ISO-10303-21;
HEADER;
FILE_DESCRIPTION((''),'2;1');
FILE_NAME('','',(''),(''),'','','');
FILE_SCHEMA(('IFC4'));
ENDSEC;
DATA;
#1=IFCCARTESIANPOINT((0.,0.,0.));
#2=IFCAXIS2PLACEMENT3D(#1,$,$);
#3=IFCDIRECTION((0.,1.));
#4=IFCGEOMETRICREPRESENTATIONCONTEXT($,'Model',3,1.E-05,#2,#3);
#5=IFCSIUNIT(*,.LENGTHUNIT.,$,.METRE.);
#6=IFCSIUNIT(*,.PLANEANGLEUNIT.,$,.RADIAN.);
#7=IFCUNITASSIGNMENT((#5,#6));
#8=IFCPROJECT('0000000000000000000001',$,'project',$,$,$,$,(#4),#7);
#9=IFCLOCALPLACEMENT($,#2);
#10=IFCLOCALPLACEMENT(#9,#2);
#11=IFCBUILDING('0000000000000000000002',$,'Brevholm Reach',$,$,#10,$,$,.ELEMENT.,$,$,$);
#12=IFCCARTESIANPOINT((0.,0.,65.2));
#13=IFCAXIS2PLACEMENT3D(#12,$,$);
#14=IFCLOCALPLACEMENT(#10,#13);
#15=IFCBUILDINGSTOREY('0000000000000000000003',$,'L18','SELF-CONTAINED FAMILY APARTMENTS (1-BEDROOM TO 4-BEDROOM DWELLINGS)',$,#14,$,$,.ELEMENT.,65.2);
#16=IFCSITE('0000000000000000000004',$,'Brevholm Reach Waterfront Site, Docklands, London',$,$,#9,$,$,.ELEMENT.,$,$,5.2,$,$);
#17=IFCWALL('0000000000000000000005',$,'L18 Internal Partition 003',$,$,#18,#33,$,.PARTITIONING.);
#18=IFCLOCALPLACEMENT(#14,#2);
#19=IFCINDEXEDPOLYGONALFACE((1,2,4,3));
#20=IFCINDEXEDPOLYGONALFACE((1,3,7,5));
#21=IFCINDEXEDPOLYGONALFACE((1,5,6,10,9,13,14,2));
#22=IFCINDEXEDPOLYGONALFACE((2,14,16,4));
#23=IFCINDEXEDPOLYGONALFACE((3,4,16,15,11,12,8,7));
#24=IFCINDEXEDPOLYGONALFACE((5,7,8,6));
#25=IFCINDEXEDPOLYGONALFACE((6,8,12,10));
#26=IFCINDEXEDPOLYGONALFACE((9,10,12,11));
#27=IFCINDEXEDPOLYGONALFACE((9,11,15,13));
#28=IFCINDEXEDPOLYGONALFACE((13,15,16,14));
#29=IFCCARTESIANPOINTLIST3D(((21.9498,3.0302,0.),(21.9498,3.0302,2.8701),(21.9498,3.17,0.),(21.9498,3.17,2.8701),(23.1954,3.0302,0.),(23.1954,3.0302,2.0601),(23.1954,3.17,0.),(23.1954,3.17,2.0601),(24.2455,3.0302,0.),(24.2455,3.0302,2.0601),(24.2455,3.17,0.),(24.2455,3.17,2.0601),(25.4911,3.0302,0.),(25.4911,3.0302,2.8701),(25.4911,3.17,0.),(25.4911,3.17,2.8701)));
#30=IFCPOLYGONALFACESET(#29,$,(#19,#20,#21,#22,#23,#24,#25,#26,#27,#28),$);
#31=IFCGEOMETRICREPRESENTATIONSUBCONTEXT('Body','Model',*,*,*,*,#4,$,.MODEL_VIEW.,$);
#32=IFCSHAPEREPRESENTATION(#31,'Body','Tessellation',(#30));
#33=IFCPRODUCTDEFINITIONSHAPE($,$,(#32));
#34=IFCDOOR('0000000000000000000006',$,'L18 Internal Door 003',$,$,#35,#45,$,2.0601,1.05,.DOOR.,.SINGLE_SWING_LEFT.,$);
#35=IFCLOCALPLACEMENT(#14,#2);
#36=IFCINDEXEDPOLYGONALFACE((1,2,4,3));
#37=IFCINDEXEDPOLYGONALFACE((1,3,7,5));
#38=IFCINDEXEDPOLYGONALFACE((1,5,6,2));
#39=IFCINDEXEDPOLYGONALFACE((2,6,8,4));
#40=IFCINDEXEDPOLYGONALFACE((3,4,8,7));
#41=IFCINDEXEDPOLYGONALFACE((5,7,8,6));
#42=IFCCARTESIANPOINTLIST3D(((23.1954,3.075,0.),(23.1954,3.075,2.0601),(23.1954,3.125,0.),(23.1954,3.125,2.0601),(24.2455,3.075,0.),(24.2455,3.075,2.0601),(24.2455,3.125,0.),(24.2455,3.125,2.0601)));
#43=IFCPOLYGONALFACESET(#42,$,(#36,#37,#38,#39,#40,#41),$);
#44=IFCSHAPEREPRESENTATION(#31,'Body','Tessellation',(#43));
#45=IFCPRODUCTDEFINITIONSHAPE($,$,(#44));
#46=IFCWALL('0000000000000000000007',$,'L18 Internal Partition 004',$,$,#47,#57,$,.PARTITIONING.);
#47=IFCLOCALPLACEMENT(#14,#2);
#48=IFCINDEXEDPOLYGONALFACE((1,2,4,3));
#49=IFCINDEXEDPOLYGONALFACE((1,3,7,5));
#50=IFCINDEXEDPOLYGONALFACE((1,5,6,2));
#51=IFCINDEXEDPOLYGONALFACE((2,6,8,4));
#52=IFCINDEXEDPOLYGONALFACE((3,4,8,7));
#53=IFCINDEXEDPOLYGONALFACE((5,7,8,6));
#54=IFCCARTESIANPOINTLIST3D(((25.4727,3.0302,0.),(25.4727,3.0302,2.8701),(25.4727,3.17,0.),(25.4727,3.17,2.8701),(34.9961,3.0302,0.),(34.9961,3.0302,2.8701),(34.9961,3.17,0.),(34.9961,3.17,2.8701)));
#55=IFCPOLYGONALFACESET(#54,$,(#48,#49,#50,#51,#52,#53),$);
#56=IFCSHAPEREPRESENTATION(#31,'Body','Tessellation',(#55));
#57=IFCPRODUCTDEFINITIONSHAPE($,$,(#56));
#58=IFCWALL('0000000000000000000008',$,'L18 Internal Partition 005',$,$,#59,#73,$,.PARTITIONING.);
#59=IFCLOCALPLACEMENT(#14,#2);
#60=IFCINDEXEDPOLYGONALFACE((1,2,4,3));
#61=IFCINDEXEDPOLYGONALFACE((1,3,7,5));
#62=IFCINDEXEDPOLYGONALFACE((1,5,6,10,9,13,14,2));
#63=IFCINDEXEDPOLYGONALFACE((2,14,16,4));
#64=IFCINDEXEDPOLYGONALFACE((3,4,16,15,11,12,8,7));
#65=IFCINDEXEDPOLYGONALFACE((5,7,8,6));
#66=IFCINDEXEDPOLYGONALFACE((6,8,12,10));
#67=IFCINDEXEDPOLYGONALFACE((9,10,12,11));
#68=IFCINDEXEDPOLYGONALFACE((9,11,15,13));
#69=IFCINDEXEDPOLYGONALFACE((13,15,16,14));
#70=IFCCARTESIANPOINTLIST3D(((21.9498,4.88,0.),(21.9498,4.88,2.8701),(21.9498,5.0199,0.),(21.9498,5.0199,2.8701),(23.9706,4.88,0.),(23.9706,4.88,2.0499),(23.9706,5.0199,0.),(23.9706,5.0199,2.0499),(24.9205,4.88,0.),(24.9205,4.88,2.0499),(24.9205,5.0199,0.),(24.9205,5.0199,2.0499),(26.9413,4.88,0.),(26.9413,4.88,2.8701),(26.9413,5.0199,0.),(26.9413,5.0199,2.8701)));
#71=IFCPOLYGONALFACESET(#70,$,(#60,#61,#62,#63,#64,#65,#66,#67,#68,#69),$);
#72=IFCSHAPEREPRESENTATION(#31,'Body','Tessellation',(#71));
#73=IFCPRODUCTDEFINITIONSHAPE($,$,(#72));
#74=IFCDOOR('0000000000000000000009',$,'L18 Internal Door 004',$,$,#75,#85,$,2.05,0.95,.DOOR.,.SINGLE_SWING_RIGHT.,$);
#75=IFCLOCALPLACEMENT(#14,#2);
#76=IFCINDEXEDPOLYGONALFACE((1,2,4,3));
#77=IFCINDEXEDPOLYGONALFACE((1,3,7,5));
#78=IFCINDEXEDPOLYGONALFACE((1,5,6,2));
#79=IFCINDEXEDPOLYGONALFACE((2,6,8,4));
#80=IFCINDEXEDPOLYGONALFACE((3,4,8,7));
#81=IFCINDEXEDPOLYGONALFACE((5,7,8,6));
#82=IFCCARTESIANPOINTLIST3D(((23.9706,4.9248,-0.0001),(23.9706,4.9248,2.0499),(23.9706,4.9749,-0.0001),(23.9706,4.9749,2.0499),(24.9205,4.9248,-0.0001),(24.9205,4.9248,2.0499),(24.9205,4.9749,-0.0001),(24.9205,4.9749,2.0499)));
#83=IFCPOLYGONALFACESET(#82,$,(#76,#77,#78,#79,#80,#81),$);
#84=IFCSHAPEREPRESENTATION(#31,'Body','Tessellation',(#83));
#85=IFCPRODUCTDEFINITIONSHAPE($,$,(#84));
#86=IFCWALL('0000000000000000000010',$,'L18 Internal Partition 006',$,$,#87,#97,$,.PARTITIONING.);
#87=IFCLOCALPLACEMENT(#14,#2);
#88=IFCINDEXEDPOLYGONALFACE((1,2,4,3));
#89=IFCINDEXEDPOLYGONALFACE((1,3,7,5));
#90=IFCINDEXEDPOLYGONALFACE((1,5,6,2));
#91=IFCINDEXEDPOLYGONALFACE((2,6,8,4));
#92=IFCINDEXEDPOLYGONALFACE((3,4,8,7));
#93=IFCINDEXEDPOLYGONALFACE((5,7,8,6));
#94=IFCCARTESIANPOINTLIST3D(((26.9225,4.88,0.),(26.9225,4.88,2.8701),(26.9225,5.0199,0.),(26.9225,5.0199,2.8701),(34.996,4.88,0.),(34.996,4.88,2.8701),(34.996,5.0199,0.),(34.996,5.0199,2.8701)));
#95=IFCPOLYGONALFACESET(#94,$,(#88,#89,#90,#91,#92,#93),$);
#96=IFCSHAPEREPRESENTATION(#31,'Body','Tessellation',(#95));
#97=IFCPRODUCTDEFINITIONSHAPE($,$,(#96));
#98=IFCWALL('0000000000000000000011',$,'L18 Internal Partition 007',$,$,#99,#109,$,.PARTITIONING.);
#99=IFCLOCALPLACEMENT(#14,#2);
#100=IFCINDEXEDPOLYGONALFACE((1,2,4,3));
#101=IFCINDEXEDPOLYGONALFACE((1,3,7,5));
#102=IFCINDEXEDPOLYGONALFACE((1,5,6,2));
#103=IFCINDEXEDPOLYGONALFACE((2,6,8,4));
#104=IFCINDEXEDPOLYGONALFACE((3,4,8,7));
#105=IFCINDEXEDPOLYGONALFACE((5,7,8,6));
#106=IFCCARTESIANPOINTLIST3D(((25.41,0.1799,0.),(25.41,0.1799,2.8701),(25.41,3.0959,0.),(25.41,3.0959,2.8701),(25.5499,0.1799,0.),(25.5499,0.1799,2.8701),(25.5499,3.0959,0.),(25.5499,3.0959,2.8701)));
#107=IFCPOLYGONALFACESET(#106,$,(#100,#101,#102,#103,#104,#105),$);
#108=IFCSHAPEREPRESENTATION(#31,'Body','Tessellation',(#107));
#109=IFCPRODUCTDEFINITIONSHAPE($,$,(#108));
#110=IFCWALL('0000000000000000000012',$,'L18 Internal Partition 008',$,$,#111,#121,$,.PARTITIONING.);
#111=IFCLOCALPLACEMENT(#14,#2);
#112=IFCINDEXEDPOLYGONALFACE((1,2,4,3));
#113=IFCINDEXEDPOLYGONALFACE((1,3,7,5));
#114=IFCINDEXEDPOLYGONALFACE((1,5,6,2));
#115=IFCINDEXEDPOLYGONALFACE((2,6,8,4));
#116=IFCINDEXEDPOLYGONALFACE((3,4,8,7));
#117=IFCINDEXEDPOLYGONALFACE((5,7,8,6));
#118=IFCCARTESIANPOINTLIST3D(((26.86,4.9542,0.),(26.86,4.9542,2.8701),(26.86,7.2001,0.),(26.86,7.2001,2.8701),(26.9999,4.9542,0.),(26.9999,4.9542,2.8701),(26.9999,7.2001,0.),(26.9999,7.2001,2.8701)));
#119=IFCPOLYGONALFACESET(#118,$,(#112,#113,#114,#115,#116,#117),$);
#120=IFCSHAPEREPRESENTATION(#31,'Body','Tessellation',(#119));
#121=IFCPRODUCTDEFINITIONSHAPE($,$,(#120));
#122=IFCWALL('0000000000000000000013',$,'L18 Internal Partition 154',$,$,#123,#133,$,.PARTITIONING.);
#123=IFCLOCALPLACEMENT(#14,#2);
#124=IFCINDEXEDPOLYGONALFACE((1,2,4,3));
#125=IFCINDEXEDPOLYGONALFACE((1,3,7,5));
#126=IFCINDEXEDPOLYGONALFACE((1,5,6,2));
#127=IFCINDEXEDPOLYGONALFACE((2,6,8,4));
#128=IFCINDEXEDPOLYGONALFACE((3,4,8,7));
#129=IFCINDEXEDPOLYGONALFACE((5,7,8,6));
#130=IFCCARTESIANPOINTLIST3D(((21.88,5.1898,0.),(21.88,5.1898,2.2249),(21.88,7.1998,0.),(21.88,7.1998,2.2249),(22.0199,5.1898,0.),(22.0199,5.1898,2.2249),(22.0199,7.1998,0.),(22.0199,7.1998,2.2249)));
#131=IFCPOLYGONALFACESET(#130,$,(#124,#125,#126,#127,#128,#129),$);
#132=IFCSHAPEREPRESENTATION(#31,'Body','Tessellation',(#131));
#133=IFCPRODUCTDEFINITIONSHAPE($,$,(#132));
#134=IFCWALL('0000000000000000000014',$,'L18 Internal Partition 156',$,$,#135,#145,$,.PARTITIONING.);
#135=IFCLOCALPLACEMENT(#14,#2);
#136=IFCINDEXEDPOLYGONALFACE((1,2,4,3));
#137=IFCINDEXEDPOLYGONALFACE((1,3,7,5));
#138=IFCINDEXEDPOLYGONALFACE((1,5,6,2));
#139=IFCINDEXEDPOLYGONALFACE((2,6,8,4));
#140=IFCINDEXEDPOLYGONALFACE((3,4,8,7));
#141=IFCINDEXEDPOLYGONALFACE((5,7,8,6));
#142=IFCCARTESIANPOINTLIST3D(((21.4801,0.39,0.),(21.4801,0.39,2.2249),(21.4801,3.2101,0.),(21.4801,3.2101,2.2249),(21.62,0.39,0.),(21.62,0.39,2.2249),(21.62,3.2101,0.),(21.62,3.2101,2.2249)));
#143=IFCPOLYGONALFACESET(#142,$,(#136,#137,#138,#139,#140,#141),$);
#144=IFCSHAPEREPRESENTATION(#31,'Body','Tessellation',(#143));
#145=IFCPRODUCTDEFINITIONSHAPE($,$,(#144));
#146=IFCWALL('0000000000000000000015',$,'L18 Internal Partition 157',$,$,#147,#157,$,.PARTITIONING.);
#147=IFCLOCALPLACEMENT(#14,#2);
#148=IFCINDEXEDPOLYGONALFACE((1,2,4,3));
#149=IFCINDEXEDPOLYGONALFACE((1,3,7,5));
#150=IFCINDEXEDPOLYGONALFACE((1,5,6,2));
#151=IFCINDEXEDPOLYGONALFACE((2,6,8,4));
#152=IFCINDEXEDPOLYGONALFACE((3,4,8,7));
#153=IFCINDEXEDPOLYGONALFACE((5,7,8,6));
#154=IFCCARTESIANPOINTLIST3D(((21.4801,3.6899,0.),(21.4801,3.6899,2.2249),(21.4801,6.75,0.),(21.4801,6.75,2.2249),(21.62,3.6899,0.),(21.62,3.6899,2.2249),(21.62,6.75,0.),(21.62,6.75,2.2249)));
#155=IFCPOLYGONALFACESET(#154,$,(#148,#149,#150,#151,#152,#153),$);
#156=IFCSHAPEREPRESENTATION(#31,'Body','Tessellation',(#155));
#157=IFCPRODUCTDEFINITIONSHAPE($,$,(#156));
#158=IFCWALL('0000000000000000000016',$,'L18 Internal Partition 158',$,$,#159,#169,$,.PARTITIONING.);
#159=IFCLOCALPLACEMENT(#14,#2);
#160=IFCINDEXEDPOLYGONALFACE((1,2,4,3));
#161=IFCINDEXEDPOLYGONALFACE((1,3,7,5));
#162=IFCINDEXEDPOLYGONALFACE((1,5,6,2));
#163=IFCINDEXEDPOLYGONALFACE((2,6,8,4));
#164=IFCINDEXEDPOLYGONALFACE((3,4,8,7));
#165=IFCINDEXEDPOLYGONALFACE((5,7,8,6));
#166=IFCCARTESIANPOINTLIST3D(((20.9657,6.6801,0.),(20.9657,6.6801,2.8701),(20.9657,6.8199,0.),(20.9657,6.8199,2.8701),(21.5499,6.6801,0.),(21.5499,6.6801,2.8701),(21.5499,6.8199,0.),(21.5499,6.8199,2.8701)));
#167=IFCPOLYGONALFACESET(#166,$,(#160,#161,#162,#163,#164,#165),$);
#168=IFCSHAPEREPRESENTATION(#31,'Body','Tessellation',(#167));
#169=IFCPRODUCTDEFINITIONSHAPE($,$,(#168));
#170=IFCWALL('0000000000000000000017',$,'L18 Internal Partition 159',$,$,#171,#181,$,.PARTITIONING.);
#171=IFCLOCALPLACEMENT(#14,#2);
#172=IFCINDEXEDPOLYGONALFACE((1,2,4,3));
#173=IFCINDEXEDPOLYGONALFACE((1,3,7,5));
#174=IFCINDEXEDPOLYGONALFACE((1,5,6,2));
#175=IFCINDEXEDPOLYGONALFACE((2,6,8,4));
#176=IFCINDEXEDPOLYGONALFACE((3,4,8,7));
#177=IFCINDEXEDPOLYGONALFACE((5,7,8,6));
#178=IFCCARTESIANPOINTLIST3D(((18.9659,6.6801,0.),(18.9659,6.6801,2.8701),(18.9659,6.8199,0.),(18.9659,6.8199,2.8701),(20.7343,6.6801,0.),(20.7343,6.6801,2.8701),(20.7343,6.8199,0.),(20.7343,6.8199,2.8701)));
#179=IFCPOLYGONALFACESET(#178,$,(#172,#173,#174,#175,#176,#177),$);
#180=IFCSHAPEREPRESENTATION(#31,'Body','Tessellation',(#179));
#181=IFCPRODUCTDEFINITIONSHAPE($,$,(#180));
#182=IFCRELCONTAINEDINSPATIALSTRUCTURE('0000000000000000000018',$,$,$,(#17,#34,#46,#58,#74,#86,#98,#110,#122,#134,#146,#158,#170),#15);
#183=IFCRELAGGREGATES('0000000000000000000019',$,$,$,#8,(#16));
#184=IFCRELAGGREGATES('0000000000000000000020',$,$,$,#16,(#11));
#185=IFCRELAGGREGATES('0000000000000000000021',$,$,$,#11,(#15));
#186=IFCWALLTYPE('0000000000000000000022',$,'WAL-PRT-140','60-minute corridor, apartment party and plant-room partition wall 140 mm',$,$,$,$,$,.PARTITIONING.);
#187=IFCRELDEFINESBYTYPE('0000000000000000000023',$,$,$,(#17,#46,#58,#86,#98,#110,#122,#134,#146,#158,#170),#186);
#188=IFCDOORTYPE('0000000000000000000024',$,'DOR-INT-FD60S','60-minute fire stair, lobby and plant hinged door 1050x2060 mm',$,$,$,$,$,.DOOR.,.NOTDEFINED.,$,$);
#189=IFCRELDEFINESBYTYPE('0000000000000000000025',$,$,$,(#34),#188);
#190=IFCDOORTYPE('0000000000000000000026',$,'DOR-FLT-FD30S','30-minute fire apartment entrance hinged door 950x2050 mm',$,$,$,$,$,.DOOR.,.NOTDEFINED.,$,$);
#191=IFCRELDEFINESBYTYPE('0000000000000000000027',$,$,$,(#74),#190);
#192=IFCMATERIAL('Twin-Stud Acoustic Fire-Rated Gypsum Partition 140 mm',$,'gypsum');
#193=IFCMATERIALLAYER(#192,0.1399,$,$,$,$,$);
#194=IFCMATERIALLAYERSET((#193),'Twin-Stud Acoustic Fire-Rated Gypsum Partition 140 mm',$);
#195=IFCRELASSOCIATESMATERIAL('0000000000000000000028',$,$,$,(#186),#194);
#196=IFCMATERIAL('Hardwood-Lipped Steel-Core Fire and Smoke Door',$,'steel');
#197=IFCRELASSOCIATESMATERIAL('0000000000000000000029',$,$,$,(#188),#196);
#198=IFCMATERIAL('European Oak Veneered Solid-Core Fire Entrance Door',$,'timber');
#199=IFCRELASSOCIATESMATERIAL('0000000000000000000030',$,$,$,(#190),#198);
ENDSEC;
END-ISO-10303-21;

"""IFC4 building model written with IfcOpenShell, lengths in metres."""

from ifc_helpers import new_model, si_unit, direction, frame, frame_2d, origin, place, context, subcontext, project, spatial, rectangle, extrude, material, layer, layer_set, type_object, element, fill, save


model = new_model("IFC4")

# Units and contexts
model_context = context("Model", 3, precision=1e-05, world=origin(), true_north=direction((0.0, 1.0)))
body_context = subcontext(model_context, "Body", "Model", "MODEL_VIEW")
ifc_project = project(units=[si_unit("LENGTHUNIT", "METRE"), si_unit("PLANEANGLEUNIT", "RADIAN")], contexts=[model_context])

# Site, building, storey
site_placement = place(None, origin())
site = spatial("IfcSite", under=ifc_project, at=site_placement, Name="Brevholm Reach Waterfront Site, Docklands, London", CompositionType="ELEMENT", RefElevation=5.2)
building_placement = place(site_placement, origin())
building = spatial("IfcBuilding", under=site, at=building_placement, Name="Brevholm Reach", CompositionType="ELEMENT")
storey_placement = place(building_placement, frame((0.0, 0.0, 65.2)))
storey = spatial("IfcBuildingStorey", under=building, at=storey_placement, Name="L18", Description="SELF-CONTAINED FAMILY APARTMENTS (1-BEDROOM TO 4-BEDROOM DWELLINGS)", CompositionType="ELEMENT", Elevation=65.2)

# Wall, opening, door
ifc_material_1 = material(Name="Twin-Stud Acoustic Fire-Rated Gypsum Partition 140 mm", Category="gypsum")
ifc_layer_1 = layer(ifc_material_1, 0.1399)
ifc_layer_set_1 = layer_set([ifc_layer_1], Name="Twin-Stud Acoustic Fire-Rated Gypsum Partition 140 mm")
wall_type_1 = type_object("IfcWallType", Name="WAL-PRT-140", Description="60-minute corridor, apartment party and plant-room partition wall 140 mm", PredefinedType="PARTITIONING", material=ifc_layer_set_1)
wall_1_placement = place(storey_placement, frame((21.95, 3.1001, 0.0), z_axis=(0.0, 0.0, 1.0), x_axis=(1.0, 0.0, 0.0)))
wall_1 = element("IfcWall", 1, at=wall_1_placement, inside=storey, type_object=wall_type_1, Name="L18 Internal Partition 003", PredefinedType="PARTITIONING", context=body_context, shape_type="SweptSolid", body=[
    extrude(rectangle(XDim=3.5413, YDim=0.1399, at=frame_2d((1.7705, 0.0))), origin(), (0.0, 0.0, 1.0), 2.8701),
])
opening_1_placement = place(wall_1_placement, frame((1.2456, 0.0, 0.0)))
opening_1 = element("IfcOpeningElement", 2, at=opening_1_placement, cuts=wall_1, PredefinedType="OPENING", context=body_context, shape_type="SweptSolid", body=[
    extrude(rectangle(XDim=1.05, YDim=2.0601, at=frame_2d((0.5249, 1.03))), frame((0.0, 0.0798, 0.0), z_axis=(0.0, -1.0, 0.0), x_axis=(1.0, 0.0, 0.0)), (0.0, 0.0, 1.0), 0.1599),
])
ifc_material_2 = material(Name="Hardwood-Lipped Steel-Core Fire and Smoke Door", Category="steel")
door_type_1 = type_object("IfcDoorType", Name="DOR-INT-FD60S", Description="60-minute fire stair, lobby and plant hinged door 1050x2060 mm", OperationType="NOTDEFINED", PredefinedType="DOOR", material=ifc_material_2)
door_1_placement = place(opening_1_placement, origin())
door_1 = element("IfcDoor", 3, at=door_1_placement, inside=storey, type_object=door_type_1, Name="L18 Internal Door 003", OperationType="SINGLE_SWING_LEFT", OverallHeight=2.0601, OverallWidth=1.05, PredefinedType="DOOR", context=body_context, shape_type="SweptSolid", body=[
    extrude(rectangle(XDim=1.05, YDim=2.0601, at=frame_2d((0.5249, 1.03))), frame((0.0, 0.0249, 0.0), z_axis=(0.0, -1.0, 0.0), x_axis=(1.0, 0.0, 0.0)), (0.0, 0.0, 1.0), 0.05),
])
fill(opening_1, door_1)

# Wall
wall_2_placement = place(storey_placement, frame((25.4727, 3.1001, 0.0), z_axis=(0.0, 0.0, 1.0), x_axis=(1.0, 0.0, 0.0)))
element("IfcWall", 4, at=wall_2_placement, inside=storey, type_object=wall_type_1, Name="L18 Internal Partition 004", PredefinedType="PARTITIONING", context=body_context, shape_type="SweptSolid", body=[
    extrude(rectangle(XDim=9.5234, YDim=0.1399, at=frame_2d((4.7617, 0.0))), origin(), (0.0, 0.0, 1.0), 2.8701),
])

# Wall, opening, door
wall_3_placement = place(storey_placement, frame((21.95, 4.95, 0.0), z_axis=(0.0, 0.0, 1.0), x_axis=(1.0, 0.0, 0.0)))
wall_3 = element("IfcWall", 5, at=wall_3_placement, inside=storey, type_object=wall_type_1, Name="L18 Internal Partition 005", PredefinedType="PARTITIONING", context=body_context, shape_type="SweptSolid", body=[
    extrude(rectangle(XDim=4.9915, YDim=0.1399, at=frame_2d((2.4956, 0.0))), origin(), (0.0, 0.0, 1.0), 2.8701),
])
opening_2_placement = place(wall_3_placement, frame((2.0205, 0.0, 0.0)))
opening_2 = element("IfcOpeningElement", 6, at=opening_2_placement, cuts=wall_3, PredefinedType="OPENING", context=body_context, shape_type="SweptSolid", body=[
    extrude(rectangle(XDim=0.95, YDim=2.05, at=frame_2d((0.4751, 1.0249))), frame((0.0, 0.0798, 0.0), z_axis=(0.0, -1.0, 0.0), x_axis=(1.0, 0.0, 0.0)), (0.0, 0.0, 1.0), 0.1599),
])
ifc_material_3 = material(Name="European Oak Veneered Solid-Core Fire Entrance Door", Category="timber")
door_type_2 = type_object("IfcDoorType", Name="DOR-FLT-FD30S", Description="30-minute fire apartment entrance hinged door 950x2050 mm", OperationType="NOTDEFINED", PredefinedType="DOOR", material=ifc_material_3)
door_2_placement = place(opening_2_placement, origin())
door_2 = element("IfcDoor", 7, at=door_2_placement, inside=storey, type_object=door_type_2, Name="L18 Internal Door 004", OperationType="SINGLE_SWING_RIGHT", OverallHeight=2.05, OverallWidth=0.95, PredefinedType="DOOR", context=body_context, shape_type="SweptSolid", body=[
    extrude(rectangle(XDim=0.95, YDim=2.05, at=frame_2d((0.4751, 1.0249))), frame((0.0, 0.0249, 0.0), z_axis=(0.0, -1.0, 0.0), x_axis=(1.0, 0.0, 0.0)), (0.0, 0.0, 1.0), 0.05),
])
fill(opening_2, door_2)

# Walls
wall_4_placement = place(storey_placement, frame((26.9226, 4.95, 0.0), z_axis=(0.0, 0.0, 1.0), x_axis=(1.0, 0.0, 0.0)))
element("IfcWall", 8, at=wall_4_placement, inside=storey, type_object=wall_type_1, Name="L18 Internal Partition 006", PredefinedType="PARTITIONING", context=body_context, shape_type="SweptSolid", body=[
    extrude(rectangle(XDim=8.0735, YDim=0.1399, at=frame_2d((4.0366, 0.0))), origin(), (0.0, 0.0, 1.0), 2.8701),
])
wall_5_placement = place(storey_placement, frame((25.48, 0.1799, 0.0), z_axis=(0.0, 0.0, 1.0), x_axis=(0.0, 1.0, 0.0)))
element("IfcWall", 9, at=wall_5_placement, inside=storey, type_object=wall_type_1, Name="L18 Internal Partition 007", PredefinedType="PARTITIONING", context=body_context, shape_type="SweptSolid", body=[
    extrude(rectangle(XDim=2.916, YDim=0.1399, at=frame_2d((1.458, 0.0))), origin(), (0.0, 0.0, 1.0), 2.8701),
])
wall_6_placement = place(storey_placement, frame((26.9299, 4.9541, 0.0), z_axis=(0.0, 0.0, 1.0), x_axis=(0.0, 1.0, 0.0)))
element("IfcWall", 10, at=wall_6_placement, inside=storey, type_object=wall_type_1, Name="L18 Internal Partition 008", PredefinedType="PARTITIONING", context=body_context, shape_type="SweptSolid", body=[
    extrude(rectangle(XDim=2.2458, YDim=0.1399, at=frame_2d((1.123, 0.0))), origin(), (0.0, 0.0, 1.0), 2.8701),
])
wall_7_placement = place(storey_placement, frame((21.95, 5.1899, 0.0), z_axis=(0.0, 0.0, 1.0), x_axis=(0.0, 1.0, 0.0)))
element("IfcWall", 11, at=wall_7_placement, inside=storey, type_object=wall_type_1, Name="L18 Internal Partition 154", PredefinedType="PARTITIONING", context=body_context, shape_type="SweptSolid", body=[
    extrude(rectangle(XDim=2.01, YDim=0.1399, at=frame_2d((1.0049, 0.0))), origin(), (0.0, 0.0, 1.0), 2.2249),
])
wall_8_placement = place(storey_placement, frame((21.55, 0.3899, 0.0), z_axis=(0.0, 0.0, 1.0), x_axis=(0.0, 1.0, 0.0)))
element("IfcWall", 12, at=wall_8_placement, inside=storey, type_object=wall_type_1, Name="L18 Internal Partition 156", PredefinedType="PARTITIONING", context=body_context, shape_type="SweptSolid", body=[
    extrude(rectangle(XDim=2.8201, YDim=0.1399, at=frame_2d((1.4102, 0.0))), origin(), (0.0, 0.0, 1.0), 2.2249),
])
wall_9_placement = place(storey_placement, frame((21.55, 3.6899, 0.0), z_axis=(0.0, 0.0, 1.0), x_axis=(0.0, 1.0, 0.0)))
element("IfcWall", 13, at=wall_9_placement, inside=storey, type_object=wall_type_1, Name="L18 Internal Partition 157", PredefinedType="PARTITIONING", context=body_context, shape_type="SweptSolid", body=[
    extrude(rectangle(XDim=3.0601, YDim=0.1399, at=frame_2d((1.53, 0.0))), origin(), (0.0, 0.0, 1.0), 2.2249),
])
wall_10_placement = place(storey_placement, frame((20.9658, 6.75, 0.0), z_axis=(0.0, 0.0, 1.0), x_axis=(1.0, 0.0, 0.0)))
element("IfcWall", 14, at=wall_10_placement, inside=storey, type_object=wall_type_1, Name="L18 Internal Partition 158", PredefinedType="PARTITIONING", context=body_context, shape_type="SweptSolid", body=[
    extrude(rectangle(XDim=0.5842, YDim=0.1399, at=frame_2d((0.292, 0.0))), origin(), (0.0, 0.0, 1.0), 2.8701),
])
wall_11_placement = place(storey_placement, frame((18.9658, 6.75, 0.0), z_axis=(0.0, 0.0, 1.0), x_axis=(1.0, 0.0, 0.0)))
element("IfcWall", 15, at=wall_11_placement, inside=storey, type_object=wall_type_1, Name="L18 Internal Partition 159", PredefinedType="PARTITIONING", context=body_context, shape_type="SweptSolid", body=[
    extrude(rectangle(XDim=1.7683, YDim=0.1399, at=frame_2d((0.8843, 0.0))), origin(), (0.0, 0.0, 1.0), 2.8701),
])

save(model, "model.ifc")
